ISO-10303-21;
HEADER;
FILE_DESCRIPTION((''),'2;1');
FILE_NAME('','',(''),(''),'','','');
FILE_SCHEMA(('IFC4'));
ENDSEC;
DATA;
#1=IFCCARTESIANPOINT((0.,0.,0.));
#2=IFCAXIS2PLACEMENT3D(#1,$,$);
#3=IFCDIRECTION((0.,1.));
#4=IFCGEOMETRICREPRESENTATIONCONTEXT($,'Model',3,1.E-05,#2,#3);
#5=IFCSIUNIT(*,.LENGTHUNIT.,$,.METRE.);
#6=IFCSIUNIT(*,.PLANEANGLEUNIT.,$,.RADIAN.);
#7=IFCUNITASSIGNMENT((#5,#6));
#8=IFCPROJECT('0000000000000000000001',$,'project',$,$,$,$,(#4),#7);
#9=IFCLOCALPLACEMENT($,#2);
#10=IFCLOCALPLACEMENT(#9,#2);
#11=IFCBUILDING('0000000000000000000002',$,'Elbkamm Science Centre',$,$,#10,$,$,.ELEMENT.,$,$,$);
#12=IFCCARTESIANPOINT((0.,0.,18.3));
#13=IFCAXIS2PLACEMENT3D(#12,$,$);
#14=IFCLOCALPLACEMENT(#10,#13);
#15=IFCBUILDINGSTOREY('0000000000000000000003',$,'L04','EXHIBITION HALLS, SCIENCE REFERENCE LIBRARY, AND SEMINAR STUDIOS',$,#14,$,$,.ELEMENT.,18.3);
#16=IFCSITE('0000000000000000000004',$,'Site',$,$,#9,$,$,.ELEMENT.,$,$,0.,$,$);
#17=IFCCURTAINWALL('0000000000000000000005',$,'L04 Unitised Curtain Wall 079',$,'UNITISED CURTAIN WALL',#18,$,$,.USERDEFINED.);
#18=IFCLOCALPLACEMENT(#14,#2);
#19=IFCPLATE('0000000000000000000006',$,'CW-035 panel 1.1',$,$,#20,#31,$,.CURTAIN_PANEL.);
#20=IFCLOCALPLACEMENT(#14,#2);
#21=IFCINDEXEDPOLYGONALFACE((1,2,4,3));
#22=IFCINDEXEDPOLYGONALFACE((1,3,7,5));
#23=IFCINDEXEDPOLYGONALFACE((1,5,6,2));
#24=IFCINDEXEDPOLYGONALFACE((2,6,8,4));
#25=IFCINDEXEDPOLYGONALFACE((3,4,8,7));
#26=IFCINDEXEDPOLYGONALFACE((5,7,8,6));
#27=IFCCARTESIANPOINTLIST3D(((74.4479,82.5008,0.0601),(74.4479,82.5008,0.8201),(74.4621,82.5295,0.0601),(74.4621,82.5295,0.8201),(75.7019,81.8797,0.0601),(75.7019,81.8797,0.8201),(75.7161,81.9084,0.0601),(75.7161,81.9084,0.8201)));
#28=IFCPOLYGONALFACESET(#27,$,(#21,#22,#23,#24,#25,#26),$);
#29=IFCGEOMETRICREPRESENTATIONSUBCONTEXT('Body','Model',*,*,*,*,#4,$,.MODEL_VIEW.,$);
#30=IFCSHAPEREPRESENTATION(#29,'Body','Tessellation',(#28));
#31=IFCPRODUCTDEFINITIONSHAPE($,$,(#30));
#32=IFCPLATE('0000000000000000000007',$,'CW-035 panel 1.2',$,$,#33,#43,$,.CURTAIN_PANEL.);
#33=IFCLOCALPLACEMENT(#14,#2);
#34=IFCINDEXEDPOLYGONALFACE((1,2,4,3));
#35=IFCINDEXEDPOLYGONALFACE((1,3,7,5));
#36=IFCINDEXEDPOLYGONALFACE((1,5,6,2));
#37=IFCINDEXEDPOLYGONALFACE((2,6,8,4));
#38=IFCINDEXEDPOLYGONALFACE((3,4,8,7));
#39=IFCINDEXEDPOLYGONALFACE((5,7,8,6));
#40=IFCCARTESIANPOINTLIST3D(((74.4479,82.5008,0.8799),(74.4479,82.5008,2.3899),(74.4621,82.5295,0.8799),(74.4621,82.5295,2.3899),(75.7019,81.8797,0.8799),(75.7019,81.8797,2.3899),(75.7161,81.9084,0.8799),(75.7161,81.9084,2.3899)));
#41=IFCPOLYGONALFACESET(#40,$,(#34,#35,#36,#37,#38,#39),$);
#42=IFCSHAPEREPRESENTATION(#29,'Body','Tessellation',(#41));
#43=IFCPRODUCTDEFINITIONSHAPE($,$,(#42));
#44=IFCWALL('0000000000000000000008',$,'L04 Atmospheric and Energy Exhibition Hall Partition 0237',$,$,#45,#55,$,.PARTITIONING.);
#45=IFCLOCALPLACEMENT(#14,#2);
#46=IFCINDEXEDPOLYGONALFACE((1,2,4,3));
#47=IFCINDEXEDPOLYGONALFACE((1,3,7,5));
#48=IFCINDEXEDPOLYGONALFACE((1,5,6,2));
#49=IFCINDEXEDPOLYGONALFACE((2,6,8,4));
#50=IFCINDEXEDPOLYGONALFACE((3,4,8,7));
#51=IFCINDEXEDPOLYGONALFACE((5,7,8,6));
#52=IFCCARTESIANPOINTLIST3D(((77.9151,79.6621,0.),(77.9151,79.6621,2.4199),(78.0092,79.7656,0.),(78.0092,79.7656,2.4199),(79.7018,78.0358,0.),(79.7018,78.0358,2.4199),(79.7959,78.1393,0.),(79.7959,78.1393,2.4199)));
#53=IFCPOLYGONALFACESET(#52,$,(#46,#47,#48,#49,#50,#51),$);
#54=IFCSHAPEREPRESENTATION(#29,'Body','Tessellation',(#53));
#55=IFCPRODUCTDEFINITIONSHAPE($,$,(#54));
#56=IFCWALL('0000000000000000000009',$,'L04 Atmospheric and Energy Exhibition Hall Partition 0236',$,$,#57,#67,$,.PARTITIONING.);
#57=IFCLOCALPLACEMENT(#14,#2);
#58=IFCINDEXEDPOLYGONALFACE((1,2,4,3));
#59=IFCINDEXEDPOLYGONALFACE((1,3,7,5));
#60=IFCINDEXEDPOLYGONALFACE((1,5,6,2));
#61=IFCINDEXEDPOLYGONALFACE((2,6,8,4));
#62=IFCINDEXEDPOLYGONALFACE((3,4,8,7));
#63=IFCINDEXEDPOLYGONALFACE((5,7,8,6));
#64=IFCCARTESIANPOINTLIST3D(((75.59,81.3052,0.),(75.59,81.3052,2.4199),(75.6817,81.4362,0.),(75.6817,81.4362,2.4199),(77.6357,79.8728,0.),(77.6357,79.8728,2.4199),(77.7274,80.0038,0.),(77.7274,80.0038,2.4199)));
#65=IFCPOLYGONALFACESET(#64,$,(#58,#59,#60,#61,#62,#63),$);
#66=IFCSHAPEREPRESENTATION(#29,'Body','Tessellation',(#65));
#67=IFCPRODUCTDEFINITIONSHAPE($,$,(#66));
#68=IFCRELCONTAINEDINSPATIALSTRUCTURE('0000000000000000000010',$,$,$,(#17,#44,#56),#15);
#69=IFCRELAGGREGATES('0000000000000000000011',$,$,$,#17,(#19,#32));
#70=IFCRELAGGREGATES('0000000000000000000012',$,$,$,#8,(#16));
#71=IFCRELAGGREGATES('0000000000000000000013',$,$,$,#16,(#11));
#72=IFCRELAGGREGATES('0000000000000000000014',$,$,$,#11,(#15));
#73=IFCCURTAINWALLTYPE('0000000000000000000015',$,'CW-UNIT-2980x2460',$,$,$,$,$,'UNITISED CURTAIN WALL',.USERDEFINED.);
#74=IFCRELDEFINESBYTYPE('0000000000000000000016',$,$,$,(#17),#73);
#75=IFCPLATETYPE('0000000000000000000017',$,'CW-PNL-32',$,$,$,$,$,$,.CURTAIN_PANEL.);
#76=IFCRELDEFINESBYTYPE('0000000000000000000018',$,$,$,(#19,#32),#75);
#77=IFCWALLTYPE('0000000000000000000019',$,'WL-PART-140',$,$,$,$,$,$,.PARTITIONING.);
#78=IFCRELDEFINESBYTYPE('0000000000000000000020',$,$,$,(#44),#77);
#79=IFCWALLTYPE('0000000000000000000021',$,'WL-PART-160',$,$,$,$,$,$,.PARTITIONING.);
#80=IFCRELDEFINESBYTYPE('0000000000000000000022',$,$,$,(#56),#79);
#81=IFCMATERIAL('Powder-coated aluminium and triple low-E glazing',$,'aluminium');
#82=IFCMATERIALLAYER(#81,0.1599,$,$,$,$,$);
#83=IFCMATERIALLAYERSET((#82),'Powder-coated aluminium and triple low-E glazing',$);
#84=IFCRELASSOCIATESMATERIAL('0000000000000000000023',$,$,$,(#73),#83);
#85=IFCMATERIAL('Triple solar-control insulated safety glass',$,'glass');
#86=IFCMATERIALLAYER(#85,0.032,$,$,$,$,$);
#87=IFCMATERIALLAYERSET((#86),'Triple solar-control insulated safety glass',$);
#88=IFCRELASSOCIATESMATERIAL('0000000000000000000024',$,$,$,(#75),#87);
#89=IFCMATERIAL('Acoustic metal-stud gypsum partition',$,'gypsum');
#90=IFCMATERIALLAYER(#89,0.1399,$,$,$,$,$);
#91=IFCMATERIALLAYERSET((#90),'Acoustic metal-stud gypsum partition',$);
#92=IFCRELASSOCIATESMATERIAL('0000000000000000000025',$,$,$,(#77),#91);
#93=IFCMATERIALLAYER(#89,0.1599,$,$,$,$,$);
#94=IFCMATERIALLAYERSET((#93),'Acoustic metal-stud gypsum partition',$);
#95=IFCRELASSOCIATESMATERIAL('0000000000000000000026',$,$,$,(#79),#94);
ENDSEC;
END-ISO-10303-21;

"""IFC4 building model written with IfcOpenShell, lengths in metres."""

from ifc_helpers import new_model, si_unit, direction, frame, frame_2d, origin, origin_2d, place, context, subcontext, project, spatial, rectangle, extrude, material, layer, layer_set, type_object, element, aggregate, save


model = new_model("IFC4")

# Units and contexts
model_context = context("Model", 3, precision=1e-05, world=origin(), true_north=direction((0.0, 1.0)))
body_context = subcontext(model_context, "Body", "Model", "MODEL_VIEW")
ifc_project = project(units=[si_unit("LENGTHUNIT", "METRE"), si_unit("PLANEANGLEUNIT", "RADIAN")], contexts=[model_context])

# Site, building, storey
site_placement = place(None, origin())
site = spatial("IfcSite", under=ifc_project, at=site_placement, Name="Site", CompositionType="ELEMENT", RefElevation=0.0)
building_placement = place(site_placement, origin())
building = spatial("IfcBuilding", under=site, at=building_placement, Name="Elbkamm Science Centre", CompositionType="ELEMENT")
storey_placement = place(building_placement, frame((0.0, 0.0, 18.3)))
storey = spatial("IfcBuildingStorey", under=building, at=storey_placement, Name="L04", Description="EXHIBITION HALLS, SCIENCE REFERENCE LIBRARY, AND SEMINAR STUDIOS", CompositionType="ELEMENT", Elevation=18.3)

# Curtain wall
ifc_material_1 = material(Name="Powder-coated aluminium and triple low-E glazing", Category="aluminium")
ifc_layer_1 = layer(ifc_material_1, 0.1599)
ifc_layer_set_1 = layer_set([ifc_layer_1], Name="Powder-coated aluminium and triple low-E glazing")
curtain_wall_type = type_object("IfcCurtainWallType", Name="CW-UNIT-2980x2460", ElementType="UNITISED CURTAIN WALL", PredefinedType="USERDEFINED", material=ifc_layer_set_1)
curtain_wall_1_placement = place(storey_placement, origin())
curtain_wall_1 = element("IfcCurtainWall", 1, at=curtain_wall_1_placement, inside=storey, type_object=curtain_wall_type, Name="L04 Unitised Curtain Wall 079", ObjectType="UNITISED CURTAIN WALL", PredefinedType="USERDEFINED")

# Plates
ifc_material_2 = material(Name="Triple solar-control insulated safety glass", Category="glass")
ifc_layer_2 = layer(ifc_material_2, 0.032)
ifc_layer_set_2 = layer_set([ifc_layer_2], Name="Triple solar-control insulated safety glass")
plate_type = type_object("IfcPlateType", Name="CW-PNL-32", PredefinedType="CURTAIN_PANEL", material=ifc_layer_set_2)
plate_1_placement = place(storey_placement, frame((75.082, 82.2046, 0.0601), z_axis=(0.0, 0.0, 1.0), x_axis=(-0.896106, 0.44384, 0.0)))
plate_1 = element("IfcPlate", 2, at=plate_1_placement, type_object=plate_type, Name="CW-035 panel 1.1", PredefinedType="CURTAIN_PANEL", context=body_context, shape_type="SweptSolid", body=[
    extrude(rectangle(XDim=1.3994, YDim=0.032, at=origin_2d()), origin(), (0.0, 0.0, 1.0), 0.76),
])
plate_2_placement = place(storey_placement, frame((75.082, 82.2046, 0.8799), z_axis=(0.0, 0.0, 1.0), x_axis=(-0.896106, 0.44384, 0.0)))
plate_2 = element("IfcPlate", 3, at=plate_2_placement, type_object=plate_type, Name="CW-035 panel 1.2", PredefinedType="CURTAIN_PANEL", context=body_context, shape_type="SweptSolid", body=[
    extrude(rectangle(XDim=1.3994, YDim=0.032, at=origin_2d()), origin(), (0.0, 0.0, 1.0), 1.51),
])
aggregate(curtain_wall_1, [plate_1, plate_2])

# Walls
ifc_material_3 = material(Name="Acoustic metal-stud gypsum partition", Category="gypsum")
ifc_layer_3 = layer(ifc_material_3, 0.1399)
ifc_layer_set_3 = layer_set([ifc_layer_3], Name="Acoustic metal-stud gypsum partition")
wall_type_1 = type_object("IfcWallType", Name="WL-PART-140", PredefinedType="PARTITIONING", material=ifc_layer_set_3)
wall_1_placement = place(storey_placement, frame((77.9622, 79.7139, 0.0), z_axis=(0.0, 0.0, 1.0), x_axis=(0.739524, -0.67313, 0.0)))
element("IfcWall", 4, at=wall_1_placement, inside=storey, type_object=wall_type_1, Name="L04 Atmospheric and Energy Exhibition Hall Partition 0237", PredefinedType="PARTITIONING", context=body_context, shape_type="SweptSolid", body=[
    extrude(rectangle(XDim=2.416, YDim=0.1399, at=frame_2d((1.208, 0.0))), origin(), (0.0, 0.0, 1.0), 2.4199),
])
ifc_layer_4 = layer(ifc_material_3, 0.1599)
ifc_layer_set_4 = layer_set([ifc_layer_4], Name="Acoustic metal-stud gypsum partition")
wall_type_2 = type_object("IfcWallType", Name="WL-PART-160", PredefinedType="PARTITIONING", material=ifc_layer_set_4)
wall_2_placement = place(storey_placement, frame((75.636, 81.3706, 0.0), z_axis=(0.0, 0.0, 1.0), x_axis=(0.819154, -0.573574, 0.0)))
element("IfcWall", 5, at=wall_2_placement, inside=storey, type_object=wall_type_2, Name="L04 Atmospheric and Energy Exhibition Hall Partition 0236", PredefinedType="PARTITIONING", context=body_context, shape_type="SweptSolid", body=[
    extrude(rectangle(XDim=2.4973, YDim=0.1599, at=frame_2d((1.2485, 0.0))), origin(), (0.0, 0.0, 1.0), 2.4199),
])

save(model, "model.ifc")
